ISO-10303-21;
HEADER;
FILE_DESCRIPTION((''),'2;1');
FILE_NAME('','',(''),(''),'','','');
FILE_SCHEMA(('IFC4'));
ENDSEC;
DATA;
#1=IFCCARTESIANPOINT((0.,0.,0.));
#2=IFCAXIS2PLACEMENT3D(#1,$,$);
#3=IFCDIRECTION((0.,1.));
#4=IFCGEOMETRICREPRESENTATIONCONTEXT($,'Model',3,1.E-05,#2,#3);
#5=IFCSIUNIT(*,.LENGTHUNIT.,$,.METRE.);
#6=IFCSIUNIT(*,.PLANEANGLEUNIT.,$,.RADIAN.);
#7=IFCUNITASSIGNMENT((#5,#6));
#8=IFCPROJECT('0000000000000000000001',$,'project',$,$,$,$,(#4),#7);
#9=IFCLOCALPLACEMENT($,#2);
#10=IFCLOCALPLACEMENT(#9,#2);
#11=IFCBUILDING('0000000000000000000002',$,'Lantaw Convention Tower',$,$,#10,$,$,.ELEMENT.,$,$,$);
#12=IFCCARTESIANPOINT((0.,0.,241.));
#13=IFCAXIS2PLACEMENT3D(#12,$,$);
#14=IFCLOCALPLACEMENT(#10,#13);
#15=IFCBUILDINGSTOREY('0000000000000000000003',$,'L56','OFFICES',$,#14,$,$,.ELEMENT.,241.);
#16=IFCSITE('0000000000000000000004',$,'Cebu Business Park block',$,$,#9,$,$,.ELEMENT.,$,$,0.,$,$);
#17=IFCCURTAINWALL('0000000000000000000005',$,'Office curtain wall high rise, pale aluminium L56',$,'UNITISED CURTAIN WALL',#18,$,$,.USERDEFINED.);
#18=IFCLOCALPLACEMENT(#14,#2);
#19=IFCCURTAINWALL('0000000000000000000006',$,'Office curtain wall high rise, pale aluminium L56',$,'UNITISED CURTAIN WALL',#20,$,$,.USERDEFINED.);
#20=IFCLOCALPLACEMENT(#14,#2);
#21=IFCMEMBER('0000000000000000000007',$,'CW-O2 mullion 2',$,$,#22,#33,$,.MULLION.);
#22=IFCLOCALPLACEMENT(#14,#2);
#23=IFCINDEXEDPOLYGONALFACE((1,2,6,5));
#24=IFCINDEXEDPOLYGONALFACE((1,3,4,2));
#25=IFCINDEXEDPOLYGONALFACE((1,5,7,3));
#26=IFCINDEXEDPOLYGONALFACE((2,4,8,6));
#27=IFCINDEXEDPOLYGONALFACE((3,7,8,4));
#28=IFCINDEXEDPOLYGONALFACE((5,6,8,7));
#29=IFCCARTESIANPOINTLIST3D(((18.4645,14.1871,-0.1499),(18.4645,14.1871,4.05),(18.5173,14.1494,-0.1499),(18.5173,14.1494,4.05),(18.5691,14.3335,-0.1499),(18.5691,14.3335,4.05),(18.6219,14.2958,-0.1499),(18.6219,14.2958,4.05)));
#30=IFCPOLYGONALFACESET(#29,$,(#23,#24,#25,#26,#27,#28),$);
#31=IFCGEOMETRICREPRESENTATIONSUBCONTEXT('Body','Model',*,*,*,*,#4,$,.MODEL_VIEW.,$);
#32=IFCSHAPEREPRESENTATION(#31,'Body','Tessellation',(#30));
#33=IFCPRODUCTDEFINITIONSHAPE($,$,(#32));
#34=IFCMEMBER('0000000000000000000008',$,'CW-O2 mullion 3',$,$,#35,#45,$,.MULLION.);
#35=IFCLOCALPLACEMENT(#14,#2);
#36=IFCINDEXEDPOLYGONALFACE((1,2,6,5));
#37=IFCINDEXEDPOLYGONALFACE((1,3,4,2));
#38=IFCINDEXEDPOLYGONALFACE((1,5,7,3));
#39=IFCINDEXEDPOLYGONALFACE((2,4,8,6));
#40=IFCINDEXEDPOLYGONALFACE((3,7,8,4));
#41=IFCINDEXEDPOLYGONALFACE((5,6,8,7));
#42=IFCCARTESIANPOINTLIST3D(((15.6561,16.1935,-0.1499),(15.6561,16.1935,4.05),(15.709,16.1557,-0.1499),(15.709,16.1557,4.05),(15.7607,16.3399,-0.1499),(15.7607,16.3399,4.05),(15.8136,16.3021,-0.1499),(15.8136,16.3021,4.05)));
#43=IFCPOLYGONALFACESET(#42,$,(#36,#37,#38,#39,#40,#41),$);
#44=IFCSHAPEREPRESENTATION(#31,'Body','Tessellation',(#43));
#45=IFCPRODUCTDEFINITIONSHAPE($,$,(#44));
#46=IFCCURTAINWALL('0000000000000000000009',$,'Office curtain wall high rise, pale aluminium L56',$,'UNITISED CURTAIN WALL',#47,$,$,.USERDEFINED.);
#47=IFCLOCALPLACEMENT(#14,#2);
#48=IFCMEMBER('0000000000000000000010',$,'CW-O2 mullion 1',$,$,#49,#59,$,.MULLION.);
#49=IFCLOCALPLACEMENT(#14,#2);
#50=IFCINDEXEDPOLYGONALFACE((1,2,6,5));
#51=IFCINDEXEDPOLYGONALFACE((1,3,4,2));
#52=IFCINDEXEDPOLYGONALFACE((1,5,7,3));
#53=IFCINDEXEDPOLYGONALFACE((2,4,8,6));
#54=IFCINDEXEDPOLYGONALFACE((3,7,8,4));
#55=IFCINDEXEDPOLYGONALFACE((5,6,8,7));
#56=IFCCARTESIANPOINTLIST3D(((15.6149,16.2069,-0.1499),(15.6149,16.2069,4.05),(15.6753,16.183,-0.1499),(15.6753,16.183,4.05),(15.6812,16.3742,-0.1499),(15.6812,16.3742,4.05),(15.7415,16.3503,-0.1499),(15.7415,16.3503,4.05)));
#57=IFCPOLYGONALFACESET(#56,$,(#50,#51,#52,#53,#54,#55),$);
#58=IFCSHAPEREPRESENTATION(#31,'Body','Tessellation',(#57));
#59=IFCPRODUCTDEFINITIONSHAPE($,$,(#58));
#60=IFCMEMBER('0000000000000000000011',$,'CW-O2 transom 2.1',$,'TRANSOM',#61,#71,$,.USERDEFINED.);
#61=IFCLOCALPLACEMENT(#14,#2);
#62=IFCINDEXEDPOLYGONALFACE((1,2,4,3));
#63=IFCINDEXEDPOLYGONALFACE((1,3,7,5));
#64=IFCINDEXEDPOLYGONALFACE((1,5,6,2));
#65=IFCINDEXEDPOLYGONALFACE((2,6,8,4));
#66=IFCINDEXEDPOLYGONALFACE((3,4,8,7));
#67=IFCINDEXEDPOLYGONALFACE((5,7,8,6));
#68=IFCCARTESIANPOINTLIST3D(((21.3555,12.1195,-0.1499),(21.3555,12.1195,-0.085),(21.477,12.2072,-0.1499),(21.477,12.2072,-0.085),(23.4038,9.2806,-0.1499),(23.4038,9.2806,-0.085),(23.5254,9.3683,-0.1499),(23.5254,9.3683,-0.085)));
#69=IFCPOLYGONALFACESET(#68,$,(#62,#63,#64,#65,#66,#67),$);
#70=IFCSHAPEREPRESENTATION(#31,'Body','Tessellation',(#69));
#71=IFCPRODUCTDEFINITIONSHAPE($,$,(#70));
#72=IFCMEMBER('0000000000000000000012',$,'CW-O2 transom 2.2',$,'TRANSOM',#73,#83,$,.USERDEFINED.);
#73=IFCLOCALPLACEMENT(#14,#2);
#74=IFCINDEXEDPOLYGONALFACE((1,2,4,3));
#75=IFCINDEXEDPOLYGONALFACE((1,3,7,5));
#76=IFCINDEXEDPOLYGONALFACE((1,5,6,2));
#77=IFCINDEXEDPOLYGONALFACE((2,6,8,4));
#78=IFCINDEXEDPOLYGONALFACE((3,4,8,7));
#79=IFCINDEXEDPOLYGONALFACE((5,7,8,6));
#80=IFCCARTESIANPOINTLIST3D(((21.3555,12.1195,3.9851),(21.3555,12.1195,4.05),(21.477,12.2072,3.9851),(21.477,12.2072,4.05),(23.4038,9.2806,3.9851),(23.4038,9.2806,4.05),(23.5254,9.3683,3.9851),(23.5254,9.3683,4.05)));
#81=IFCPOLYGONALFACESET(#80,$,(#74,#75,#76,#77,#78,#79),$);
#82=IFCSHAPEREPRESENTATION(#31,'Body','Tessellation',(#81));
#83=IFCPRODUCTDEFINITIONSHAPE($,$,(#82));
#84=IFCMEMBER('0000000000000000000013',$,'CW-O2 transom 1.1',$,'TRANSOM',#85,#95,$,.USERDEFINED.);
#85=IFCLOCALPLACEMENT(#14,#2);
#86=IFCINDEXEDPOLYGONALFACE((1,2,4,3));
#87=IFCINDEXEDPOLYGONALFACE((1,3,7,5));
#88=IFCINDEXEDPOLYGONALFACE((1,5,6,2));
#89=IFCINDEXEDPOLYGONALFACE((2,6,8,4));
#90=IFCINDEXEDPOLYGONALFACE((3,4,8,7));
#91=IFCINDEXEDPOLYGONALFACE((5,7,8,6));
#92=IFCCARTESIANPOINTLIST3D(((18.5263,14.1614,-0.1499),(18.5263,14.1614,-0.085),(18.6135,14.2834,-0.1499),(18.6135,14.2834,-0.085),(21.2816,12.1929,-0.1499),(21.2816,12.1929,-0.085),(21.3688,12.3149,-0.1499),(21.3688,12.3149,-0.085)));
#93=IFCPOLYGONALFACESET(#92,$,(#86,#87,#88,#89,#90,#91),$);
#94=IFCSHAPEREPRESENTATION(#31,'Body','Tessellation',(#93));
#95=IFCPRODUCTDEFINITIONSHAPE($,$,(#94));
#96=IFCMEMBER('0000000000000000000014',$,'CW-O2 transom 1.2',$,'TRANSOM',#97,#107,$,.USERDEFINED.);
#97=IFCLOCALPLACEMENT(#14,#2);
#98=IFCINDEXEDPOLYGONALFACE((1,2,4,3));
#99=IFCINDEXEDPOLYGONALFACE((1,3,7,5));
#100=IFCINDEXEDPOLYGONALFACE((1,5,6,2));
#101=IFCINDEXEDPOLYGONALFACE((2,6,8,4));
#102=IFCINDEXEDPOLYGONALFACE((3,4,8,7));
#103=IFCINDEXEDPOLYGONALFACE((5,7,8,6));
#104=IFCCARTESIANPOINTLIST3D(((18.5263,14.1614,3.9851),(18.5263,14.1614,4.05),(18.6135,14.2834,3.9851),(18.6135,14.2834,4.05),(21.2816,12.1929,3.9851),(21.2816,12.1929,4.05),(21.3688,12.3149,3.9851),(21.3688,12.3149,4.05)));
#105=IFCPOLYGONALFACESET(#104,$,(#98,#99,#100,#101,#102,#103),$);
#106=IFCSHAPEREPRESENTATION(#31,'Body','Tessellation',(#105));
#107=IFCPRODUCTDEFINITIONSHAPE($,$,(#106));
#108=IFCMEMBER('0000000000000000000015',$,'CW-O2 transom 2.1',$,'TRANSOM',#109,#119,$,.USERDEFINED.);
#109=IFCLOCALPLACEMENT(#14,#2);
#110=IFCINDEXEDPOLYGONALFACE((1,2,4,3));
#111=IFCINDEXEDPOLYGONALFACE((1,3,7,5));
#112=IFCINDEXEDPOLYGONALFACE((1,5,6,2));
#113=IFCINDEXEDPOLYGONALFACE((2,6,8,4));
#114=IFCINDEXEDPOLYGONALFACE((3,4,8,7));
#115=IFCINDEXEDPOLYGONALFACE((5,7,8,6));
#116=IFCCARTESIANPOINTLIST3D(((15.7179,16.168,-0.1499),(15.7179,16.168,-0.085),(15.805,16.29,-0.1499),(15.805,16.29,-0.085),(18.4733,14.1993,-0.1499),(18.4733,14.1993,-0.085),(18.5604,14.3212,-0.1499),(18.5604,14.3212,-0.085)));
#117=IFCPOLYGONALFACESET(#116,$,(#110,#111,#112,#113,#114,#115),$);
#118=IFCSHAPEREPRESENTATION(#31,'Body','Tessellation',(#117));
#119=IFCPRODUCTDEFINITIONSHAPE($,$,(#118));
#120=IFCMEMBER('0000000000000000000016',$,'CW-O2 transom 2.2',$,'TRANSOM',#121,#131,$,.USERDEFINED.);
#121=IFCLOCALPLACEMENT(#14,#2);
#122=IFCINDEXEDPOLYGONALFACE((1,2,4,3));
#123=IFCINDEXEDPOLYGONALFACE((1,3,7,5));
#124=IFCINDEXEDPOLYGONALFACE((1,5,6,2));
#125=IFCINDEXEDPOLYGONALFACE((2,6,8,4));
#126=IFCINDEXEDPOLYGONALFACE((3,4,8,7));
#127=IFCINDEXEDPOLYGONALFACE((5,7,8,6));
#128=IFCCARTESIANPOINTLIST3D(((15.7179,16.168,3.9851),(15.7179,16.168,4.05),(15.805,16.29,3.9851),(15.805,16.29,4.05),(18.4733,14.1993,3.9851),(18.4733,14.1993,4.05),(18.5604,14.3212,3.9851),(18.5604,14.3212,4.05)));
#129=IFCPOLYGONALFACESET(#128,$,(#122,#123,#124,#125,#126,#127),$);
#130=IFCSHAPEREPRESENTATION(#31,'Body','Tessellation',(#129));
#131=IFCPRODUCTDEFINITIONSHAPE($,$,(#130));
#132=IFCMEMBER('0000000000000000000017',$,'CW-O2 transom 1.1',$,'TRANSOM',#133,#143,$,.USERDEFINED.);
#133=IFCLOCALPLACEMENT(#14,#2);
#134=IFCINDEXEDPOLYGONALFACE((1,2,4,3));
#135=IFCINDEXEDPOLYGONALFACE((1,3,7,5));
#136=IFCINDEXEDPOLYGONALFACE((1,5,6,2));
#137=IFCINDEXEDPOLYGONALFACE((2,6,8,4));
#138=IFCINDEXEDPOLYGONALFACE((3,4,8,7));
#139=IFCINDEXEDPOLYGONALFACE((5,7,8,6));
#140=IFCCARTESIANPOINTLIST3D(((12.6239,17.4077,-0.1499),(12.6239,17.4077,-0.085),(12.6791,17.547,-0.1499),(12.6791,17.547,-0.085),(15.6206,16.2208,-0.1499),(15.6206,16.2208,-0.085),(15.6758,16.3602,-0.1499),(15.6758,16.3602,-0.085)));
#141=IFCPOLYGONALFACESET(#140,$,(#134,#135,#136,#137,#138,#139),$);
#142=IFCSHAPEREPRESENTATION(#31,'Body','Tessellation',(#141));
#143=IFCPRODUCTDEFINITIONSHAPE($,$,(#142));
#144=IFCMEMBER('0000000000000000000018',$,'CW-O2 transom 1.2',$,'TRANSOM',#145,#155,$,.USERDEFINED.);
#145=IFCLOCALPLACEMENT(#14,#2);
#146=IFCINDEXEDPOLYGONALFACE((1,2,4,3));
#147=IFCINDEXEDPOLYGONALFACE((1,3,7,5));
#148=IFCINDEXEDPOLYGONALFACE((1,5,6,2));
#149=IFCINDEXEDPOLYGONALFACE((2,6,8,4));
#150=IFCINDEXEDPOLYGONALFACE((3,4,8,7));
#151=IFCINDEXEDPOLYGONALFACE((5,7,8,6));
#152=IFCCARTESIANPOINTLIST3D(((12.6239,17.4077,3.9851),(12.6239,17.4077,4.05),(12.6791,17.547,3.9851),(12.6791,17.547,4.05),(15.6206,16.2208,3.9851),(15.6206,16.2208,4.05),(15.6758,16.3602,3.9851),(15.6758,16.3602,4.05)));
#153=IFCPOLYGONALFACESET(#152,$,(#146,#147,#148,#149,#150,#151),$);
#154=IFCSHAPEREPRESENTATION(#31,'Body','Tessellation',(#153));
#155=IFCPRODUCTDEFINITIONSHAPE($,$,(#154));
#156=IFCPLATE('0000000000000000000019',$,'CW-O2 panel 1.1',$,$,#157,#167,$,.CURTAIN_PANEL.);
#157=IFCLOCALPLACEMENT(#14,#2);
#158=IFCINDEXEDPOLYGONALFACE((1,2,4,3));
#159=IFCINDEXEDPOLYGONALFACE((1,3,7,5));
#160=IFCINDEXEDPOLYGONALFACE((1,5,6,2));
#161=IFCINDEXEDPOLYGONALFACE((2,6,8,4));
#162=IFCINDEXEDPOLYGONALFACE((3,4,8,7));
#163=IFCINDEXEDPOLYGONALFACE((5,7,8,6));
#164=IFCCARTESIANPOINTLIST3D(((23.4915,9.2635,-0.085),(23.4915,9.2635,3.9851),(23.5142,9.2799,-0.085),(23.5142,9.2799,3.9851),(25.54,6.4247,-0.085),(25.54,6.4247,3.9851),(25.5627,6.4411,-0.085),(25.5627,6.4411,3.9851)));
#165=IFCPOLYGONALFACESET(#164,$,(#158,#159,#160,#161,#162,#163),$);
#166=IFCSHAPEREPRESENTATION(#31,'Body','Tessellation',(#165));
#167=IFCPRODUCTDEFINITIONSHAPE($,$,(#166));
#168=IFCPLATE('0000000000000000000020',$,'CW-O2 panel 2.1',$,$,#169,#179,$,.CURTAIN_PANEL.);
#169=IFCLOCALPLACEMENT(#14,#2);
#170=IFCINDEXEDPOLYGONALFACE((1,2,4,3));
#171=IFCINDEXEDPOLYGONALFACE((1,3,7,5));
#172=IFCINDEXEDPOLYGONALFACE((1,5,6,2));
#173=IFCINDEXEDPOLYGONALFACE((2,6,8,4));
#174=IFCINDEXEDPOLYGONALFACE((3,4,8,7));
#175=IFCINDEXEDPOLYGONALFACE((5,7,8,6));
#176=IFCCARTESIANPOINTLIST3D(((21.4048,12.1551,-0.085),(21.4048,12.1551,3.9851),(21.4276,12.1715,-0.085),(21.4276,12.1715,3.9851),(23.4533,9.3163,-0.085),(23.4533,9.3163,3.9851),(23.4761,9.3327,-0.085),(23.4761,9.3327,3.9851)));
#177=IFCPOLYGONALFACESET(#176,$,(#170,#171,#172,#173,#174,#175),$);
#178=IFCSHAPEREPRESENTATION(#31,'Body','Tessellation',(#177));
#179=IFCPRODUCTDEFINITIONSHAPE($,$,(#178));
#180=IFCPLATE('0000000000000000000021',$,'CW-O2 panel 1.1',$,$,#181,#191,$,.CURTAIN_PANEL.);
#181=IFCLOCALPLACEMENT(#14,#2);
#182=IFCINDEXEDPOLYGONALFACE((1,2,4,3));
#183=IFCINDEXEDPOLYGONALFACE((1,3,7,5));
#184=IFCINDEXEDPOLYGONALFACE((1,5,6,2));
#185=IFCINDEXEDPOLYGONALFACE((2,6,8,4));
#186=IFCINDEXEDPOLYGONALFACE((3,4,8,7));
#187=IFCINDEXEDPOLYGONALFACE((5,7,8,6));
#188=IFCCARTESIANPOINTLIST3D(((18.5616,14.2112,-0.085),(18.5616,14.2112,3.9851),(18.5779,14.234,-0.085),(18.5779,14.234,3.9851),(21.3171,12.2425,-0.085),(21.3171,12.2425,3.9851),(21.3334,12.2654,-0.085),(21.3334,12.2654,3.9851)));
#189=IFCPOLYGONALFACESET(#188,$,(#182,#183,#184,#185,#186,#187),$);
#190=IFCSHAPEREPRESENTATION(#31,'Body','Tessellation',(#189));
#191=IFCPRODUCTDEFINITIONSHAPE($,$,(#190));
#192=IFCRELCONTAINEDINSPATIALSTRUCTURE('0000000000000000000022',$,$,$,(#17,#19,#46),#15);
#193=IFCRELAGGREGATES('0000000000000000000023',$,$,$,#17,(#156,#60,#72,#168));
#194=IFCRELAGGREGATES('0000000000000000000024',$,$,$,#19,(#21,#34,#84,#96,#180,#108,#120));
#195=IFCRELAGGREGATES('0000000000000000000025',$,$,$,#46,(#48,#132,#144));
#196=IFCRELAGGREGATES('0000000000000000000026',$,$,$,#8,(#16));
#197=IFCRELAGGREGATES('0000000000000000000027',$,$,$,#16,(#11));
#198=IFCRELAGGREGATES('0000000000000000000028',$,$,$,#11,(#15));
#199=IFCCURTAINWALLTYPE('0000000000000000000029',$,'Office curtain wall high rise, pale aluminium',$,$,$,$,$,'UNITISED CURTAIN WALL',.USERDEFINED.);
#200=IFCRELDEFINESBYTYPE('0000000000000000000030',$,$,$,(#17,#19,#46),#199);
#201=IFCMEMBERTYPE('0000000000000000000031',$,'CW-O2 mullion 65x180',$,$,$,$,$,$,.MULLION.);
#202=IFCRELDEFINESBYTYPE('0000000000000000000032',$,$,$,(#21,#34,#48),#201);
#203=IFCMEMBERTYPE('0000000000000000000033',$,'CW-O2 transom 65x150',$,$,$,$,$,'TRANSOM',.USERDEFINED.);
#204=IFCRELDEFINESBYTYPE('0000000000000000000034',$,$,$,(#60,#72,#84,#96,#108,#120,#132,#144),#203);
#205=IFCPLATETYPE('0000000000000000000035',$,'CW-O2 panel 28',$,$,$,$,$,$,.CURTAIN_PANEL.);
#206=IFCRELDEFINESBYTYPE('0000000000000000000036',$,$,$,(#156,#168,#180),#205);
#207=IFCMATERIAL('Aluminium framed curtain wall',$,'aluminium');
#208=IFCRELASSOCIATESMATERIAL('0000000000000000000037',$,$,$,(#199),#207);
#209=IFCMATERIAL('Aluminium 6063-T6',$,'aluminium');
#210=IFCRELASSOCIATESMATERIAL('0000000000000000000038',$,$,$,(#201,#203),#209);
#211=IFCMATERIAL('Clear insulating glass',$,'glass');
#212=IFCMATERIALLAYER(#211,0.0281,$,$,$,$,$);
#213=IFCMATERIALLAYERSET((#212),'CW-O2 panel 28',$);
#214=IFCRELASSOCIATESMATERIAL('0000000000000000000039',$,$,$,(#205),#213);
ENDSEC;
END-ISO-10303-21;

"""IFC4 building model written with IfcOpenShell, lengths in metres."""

from ifc_helpers import new_model, si_unit, direction, frame, origin, origin_2d, place, context, subcontext, project, spatial, rectangle, extrude, material, layer, layer_set, material_profile, profile_set, type_object, element, aggregate, save


model = new_model("IFC4")

# Units and contexts
model_context = context("Model", 3, precision=1e-05, world=origin(), true_north=direction((0.0, 1.0)))
body_context = subcontext(model_context, "Body", "Model", "MODEL_VIEW")
ifc_project = project(units=[si_unit("LENGTHUNIT", "METRE"), si_unit("PLANEANGLEUNIT", "RADIAN")], contexts=[model_context])

# Site, building, storey
site_placement = place(None, origin())
site = spatial("IfcSite", under=ifc_project, at=site_placement, Name="Cebu Business Park block", CompositionType="ELEMENT", RefElevation=0.0)
building_placement = place(site_placement, origin())
building = spatial("IfcBuilding", under=site, at=building_placement, Name="Lantaw Convention Tower", CompositionType="ELEMENT")
storey_placement = place(building_placement, frame((0.0, 0.0, 241.0)))
storey = spatial("IfcBuildingStorey", under=building, at=storey_placement, Name="L56", Description="OFFICES", CompositionType="ELEMENT", Elevation=241.0)

# Curtain walls, members
ifc_material_1 = material(Name="Aluminium framed curtain wall", Category="aluminium")
curtain_wall_type = type_object("IfcCurtainWallType", Name="Office curtain wall high rise, pale aluminium", ElementType="UNITISED CURTAIN WALL", PredefinedType="USERDEFINED", material=ifc_material_1)
curtain_wall_1_placement = place(storey_placement, origin())
curtain_wall_1 = element("IfcCurtainWall", 1, at=curtain_wall_1_placement, inside=storey, type_object=curtain_wall_type, Name="Office curtain wall high rise, pale aluminium L56", ObjectType="UNITISED CURTAIN WALL", PredefinedType="USERDEFINED")
ifc_material_2 = material(Name="Aluminium 6063-T6", Category="aluminium")
ifc_material_profile_1 = material_profile(ifc_material_2, rectangle(XDim=0.1799, YDim=0.0649, at=origin_2d()), Name="CW-O2 mullion 65x180")
ifc_profile_set_1 = profile_set([ifc_material_profile_1], Name="Aluminium 6063-T6")
member_type_1 = type_object("IfcMemberType", Name="CW-O2 mullion 65x180", PredefinedType="MULLION", material=ifc_profile_set_1)
curtain_wall_2_placement = place(storey_placement, origin())
curtain_wall_2 = element("IfcCurtainWall", 2, at=curtain_wall_2_placement, inside=storey, type_object=curtain_wall_type, Name="Office curtain wall high rise, pale aluminium L56", ObjectType="UNITISED CURTAIN WALL", PredefinedType="USERDEFINED")
member_1_placement = place(storey_placement, frame((18.5432, 14.2415, -0.1499), z_axis=(0.0, 0.0, 1.0), x_axis=(-0.581323, -0.813673, 0.0)))
member_1 = element("IfcMember", 3, at=member_1_placement, type_object=member_type_1, Name="CW-O2 mullion 2", PredefinedType="MULLION", context=body_context, shape_type="SweptSolid", body=[
    extrude(rectangle(XDim=0.1799, YDim=0.0649, at=origin_2d()), origin(), (0.0, 0.0, 1.0), 4.2),
])
member_2_placement = place(storey_placement, frame((15.7349, 16.2478, -0.1499), z_axis=(0.0, 0.0, 1.0), x_axis=(-0.581323, -0.813673, 0.0)))
member_2 = element("IfcMember", 4, at=member_2_placement, type_object=member_type_1, Name="CW-O2 mullion 3", PredefinedType="MULLION", context=body_context, shape_type="SweptSolid", body=[
    extrude(rectangle(XDim=0.1799, YDim=0.0649, at=origin_2d()), origin(), (0.0, 0.0, 1.0), 4.2),
])

# Curtain wall, member
curtain_wall_3_placement = place(storey_placement, origin())
curtain_wall_3 = element("IfcCurtainWall", 5, at=curtain_wall_3_placement, inside=storey, type_object=curtain_wall_type, Name="Office curtain wall high rise, pale aluminium L56", ObjectType="UNITISED CURTAIN WALL", PredefinedType="USERDEFINED")
member_3_placement = place(storey_placement, frame((15.6782, 16.2786, -0.1499), z_axis=(0.0, 0.0, 1.0), x_axis=(-0.368162, -0.929762, 0.0)))
member_3 = element("IfcMember", 6, at=member_3_placement, type_object=member_type_1, Name="CW-O2 mullion 1", PredefinedType="MULLION", context=body_context, shape_type="SweptSolid", body=[
    extrude(rectangle(XDim=0.1799, YDim=0.0649, at=origin_2d()), origin(), (0.0, 0.0, 1.0), 4.2),
])

# Members
ifc_material_profile_2 = material_profile(ifc_material_2, rectangle(XDim=0.1499, YDim=0.0649, at=origin_2d()), Name="CW-O2 transom 65x150")
ifc_profile_set_2 = profile_set([ifc_material_profile_2], Name="Aluminium 6063-T6")
member_type_2 = type_object("IfcMemberType", Name="CW-O2 transom 65x150", ElementType="TRANSOM", PredefinedType="USERDEFINED", material=ifc_profile_set_2)
member_4_placement = place(storey_placement, frame((23.4646, 9.3245, -0.1174), z_axis=(-0.585124, 0.810944, 0.0), x_axis=(-0.810944, -0.585124, 0.0)))
member_4 = element("IfcMember", 7, at=member_4_placement, type_object=member_type_2, Name="CW-O2 transom 2.1", ObjectType="TRANSOM", PredefinedType="USERDEFINED", context=body_context, shape_type="SweptSolid", body=[
    extrude(rectangle(XDim=0.1499, YDim=0.0649, at=origin_2d()), origin(), (0.0, 0.0, 1.0), 3.5007),
])
member_5_placement = place(storey_placement, frame((23.4646, 9.3245, 4.0176), z_axis=(-0.585124, 0.810944, 0.0), x_axis=(-0.810944, -0.585124, 0.0)))
member_5 = element("IfcMember", 8, at=member_5_placement, type_object=member_type_2, Name="CW-O2 transom 2.2", ObjectType="TRANSOM", PredefinedType="USERDEFINED", context=body_context, shape_type="SweptSolid", body=[
    extrude(rectangle(XDim=0.1499, YDim=0.0649, at=origin_2d()), origin(), (0.0, 0.0, 1.0), 3.5007),
])
member_6_placement = place(storey_placement, frame((21.3252, 12.2539, -0.1174), z_axis=(-0.81368, 0.581313, 0.0), x_axis=(-0.581313, -0.81368, 0.0)))
member_6 = element("IfcMember", 9, at=member_6_placement, type_object=member_type_2, Name="CW-O2 transom 1.1", ObjectType="TRANSOM", PredefinedType="USERDEFINED", context=body_context, shape_type="SweptSolid", body=[
    extrude(rectangle(XDim=0.1499, YDim=0.0649, at=origin_2d()), origin(), (0.0, 0.0, 1.0), 3.3862),
])
member_7_placement = place(storey_placement, frame((21.3252, 12.2539, 4.0176), z_axis=(-0.81368, 0.581313, 0.0), x_axis=(-0.581313, -0.81368, 0.0)))
member_7 = element("IfcMember", 10, at=member_7_placement, type_object=member_type_2, Name="CW-O2 transom 1.2", ObjectType="TRANSOM", PredefinedType="USERDEFINED", context=body_context, shape_type="SweptSolid", body=[
    extrude(rectangle(XDim=0.1499, YDim=0.0649, at=origin_2d()), origin(), (0.0, 0.0, 1.0), 3.3862),
])
member_8_placement = place(storey_placement, frame((18.5168, 14.2603, -0.1174), z_axis=(-0.813646, 0.581361, 0.0), x_axis=(-0.581361, -0.813646, 0.0)))
member_8 = element("IfcMember", 11, at=member_8_placement, type_object=member_type_2, Name="CW-O2 transom 2.1", ObjectType="TRANSOM", PredefinedType="USERDEFINED", context=body_context, shape_type="SweptSolid", body=[
    extrude(rectangle(XDim=0.1499, YDim=0.0649, at=origin_2d()), origin(), (0.0, 0.0, 1.0), 3.3865),
])
member_9_placement = place(storey_placement, frame((18.5168, 14.2603, 4.0176), z_axis=(-0.813646, 0.581361, 0.0), x_axis=(-0.581361, -0.813646, 0.0)))
member_9 = element("IfcMember", 12, at=member_9_placement, type_object=member_type_2, Name="CW-O2 transom 2.2", ObjectType="TRANSOM", PredefinedType="USERDEFINED", context=body_context, shape_type="SweptSolid", body=[
    extrude(rectangle(XDim=0.1499, YDim=0.0649, at=origin_2d()), origin(), (0.0, 0.0, 1.0), 3.3865),
])
member_10_placement = place(storey_placement, frame((15.6482, 16.2905, -0.1174), z_axis=(-0.929741, 0.368215, 0.0), x_axis=(-0.368215, -0.929741, 0.0)))
member_10 = element("IfcMember", 13, at=member_10_placement, type_object=member_type_2, Name="CW-O2 transom 1.1", ObjectType="TRANSOM", PredefinedType="USERDEFINED", context=body_context, shape_type="SweptSolid", body=[
    extrude(rectangle(XDim=0.1499, YDim=0.0649, at=origin_2d()), origin(), (0.0, 0.0, 1.0), 3.2231),
])
member_11_placement = place(storey_placement, frame((15.6482, 16.2905, 4.0176), z_axis=(-0.929741, 0.368215, 0.0), x_axis=(-0.368215, -0.929741, 0.0)))
member_11 = element("IfcMember", 14, at=member_11_placement, type_object=member_type_2, Name="CW-O2 transom 1.2", ObjectType="TRANSOM", PredefinedType="USERDEFINED", context=body_context, shape_type="SweptSolid", body=[
    extrude(rectangle(XDim=0.1499, YDim=0.0649, at=origin_2d()), origin(), (0.0, 0.0, 1.0), 3.2231),
])

# Plates
ifc_material_3 = material(Name="Clear insulating glass", Category="glass")
ifc_layer_1 = layer(ifc_material_3, 0.0281)
ifc_layer_set_1 = layer_set([ifc_layer_1], Name="CW-O2 panel 28")
plate_type_1 = type_object("IfcPlateType", Name="CW-O2 panel 28", PredefinedType="CURTAIN_PANEL", material=ifc_layer_set_1)
plate_1_placement = place(storey_placement, frame((24.5271, 7.8523, -0.085), z_axis=(0.0, 0.0, 1.0), x_axis=(-0.585158, 0.81092, 0.0)))
plate_1 = element("IfcPlate", 15, at=plate_1_placement, type_object=plate_type_1, Name="CW-O2 panel 1.1", PredefinedType="CURTAIN_PANEL", context=body_context, shape_type="SweptSolid", body=[
    extrude(rectangle(XDim=3.5007, YDim=0.0281, at=origin_2d()), origin(), (0.0, 0.0, 1.0), 4.0701),
])
plate_2_placement = place(storey_placement, frame((22.4404, 10.7439, -0.085), z_axis=(0.0, 0.0, 1.0), x_axis=(-0.585158, 0.81092, 0.0)))
plate_2 = element("IfcPlate", 16, at=plate_2_placement, type_object=plate_type_1, Name="CW-O2 panel 2.1", PredefinedType="CURTAIN_PANEL", context=body_context, shape_type="SweptSolid", body=[
    extrude(rectangle(XDim=3.5007, YDim=0.0281, at=origin_2d()), origin(), (0.0, 0.0, 1.0), 4.0701),
])
aggregate(curtain_wall_1, [plate_1, member_4, member_5, plate_2])
plate_3_placement = place(storey_placement, frame((19.9475, 13.2383, -0.085), z_axis=(0.0, 0.0, 1.0), x_axis=(-0.813673, 0.581323, 0.0)))
plate_3 = element("IfcPlate", 17, at=plate_3_placement, type_object=plate_type_1, Name="CW-O2 panel 1.1", PredefinedType="CURTAIN_PANEL", context=body_context, shape_type="SweptSolid", body=[
    extrude(rectangle(XDim=3.3865, YDim=0.0281, at=origin_2d()), origin(), (0.0, 0.0, 1.0), 4.0701),
])
aggregate(curtain_wall_2, [member_1, member_2, member_6, member_7, plate_3, member_8, member_9])
aggregate(curtain_wall_3, [member_3, member_10, member_11])

save(model, "model.ifc")
